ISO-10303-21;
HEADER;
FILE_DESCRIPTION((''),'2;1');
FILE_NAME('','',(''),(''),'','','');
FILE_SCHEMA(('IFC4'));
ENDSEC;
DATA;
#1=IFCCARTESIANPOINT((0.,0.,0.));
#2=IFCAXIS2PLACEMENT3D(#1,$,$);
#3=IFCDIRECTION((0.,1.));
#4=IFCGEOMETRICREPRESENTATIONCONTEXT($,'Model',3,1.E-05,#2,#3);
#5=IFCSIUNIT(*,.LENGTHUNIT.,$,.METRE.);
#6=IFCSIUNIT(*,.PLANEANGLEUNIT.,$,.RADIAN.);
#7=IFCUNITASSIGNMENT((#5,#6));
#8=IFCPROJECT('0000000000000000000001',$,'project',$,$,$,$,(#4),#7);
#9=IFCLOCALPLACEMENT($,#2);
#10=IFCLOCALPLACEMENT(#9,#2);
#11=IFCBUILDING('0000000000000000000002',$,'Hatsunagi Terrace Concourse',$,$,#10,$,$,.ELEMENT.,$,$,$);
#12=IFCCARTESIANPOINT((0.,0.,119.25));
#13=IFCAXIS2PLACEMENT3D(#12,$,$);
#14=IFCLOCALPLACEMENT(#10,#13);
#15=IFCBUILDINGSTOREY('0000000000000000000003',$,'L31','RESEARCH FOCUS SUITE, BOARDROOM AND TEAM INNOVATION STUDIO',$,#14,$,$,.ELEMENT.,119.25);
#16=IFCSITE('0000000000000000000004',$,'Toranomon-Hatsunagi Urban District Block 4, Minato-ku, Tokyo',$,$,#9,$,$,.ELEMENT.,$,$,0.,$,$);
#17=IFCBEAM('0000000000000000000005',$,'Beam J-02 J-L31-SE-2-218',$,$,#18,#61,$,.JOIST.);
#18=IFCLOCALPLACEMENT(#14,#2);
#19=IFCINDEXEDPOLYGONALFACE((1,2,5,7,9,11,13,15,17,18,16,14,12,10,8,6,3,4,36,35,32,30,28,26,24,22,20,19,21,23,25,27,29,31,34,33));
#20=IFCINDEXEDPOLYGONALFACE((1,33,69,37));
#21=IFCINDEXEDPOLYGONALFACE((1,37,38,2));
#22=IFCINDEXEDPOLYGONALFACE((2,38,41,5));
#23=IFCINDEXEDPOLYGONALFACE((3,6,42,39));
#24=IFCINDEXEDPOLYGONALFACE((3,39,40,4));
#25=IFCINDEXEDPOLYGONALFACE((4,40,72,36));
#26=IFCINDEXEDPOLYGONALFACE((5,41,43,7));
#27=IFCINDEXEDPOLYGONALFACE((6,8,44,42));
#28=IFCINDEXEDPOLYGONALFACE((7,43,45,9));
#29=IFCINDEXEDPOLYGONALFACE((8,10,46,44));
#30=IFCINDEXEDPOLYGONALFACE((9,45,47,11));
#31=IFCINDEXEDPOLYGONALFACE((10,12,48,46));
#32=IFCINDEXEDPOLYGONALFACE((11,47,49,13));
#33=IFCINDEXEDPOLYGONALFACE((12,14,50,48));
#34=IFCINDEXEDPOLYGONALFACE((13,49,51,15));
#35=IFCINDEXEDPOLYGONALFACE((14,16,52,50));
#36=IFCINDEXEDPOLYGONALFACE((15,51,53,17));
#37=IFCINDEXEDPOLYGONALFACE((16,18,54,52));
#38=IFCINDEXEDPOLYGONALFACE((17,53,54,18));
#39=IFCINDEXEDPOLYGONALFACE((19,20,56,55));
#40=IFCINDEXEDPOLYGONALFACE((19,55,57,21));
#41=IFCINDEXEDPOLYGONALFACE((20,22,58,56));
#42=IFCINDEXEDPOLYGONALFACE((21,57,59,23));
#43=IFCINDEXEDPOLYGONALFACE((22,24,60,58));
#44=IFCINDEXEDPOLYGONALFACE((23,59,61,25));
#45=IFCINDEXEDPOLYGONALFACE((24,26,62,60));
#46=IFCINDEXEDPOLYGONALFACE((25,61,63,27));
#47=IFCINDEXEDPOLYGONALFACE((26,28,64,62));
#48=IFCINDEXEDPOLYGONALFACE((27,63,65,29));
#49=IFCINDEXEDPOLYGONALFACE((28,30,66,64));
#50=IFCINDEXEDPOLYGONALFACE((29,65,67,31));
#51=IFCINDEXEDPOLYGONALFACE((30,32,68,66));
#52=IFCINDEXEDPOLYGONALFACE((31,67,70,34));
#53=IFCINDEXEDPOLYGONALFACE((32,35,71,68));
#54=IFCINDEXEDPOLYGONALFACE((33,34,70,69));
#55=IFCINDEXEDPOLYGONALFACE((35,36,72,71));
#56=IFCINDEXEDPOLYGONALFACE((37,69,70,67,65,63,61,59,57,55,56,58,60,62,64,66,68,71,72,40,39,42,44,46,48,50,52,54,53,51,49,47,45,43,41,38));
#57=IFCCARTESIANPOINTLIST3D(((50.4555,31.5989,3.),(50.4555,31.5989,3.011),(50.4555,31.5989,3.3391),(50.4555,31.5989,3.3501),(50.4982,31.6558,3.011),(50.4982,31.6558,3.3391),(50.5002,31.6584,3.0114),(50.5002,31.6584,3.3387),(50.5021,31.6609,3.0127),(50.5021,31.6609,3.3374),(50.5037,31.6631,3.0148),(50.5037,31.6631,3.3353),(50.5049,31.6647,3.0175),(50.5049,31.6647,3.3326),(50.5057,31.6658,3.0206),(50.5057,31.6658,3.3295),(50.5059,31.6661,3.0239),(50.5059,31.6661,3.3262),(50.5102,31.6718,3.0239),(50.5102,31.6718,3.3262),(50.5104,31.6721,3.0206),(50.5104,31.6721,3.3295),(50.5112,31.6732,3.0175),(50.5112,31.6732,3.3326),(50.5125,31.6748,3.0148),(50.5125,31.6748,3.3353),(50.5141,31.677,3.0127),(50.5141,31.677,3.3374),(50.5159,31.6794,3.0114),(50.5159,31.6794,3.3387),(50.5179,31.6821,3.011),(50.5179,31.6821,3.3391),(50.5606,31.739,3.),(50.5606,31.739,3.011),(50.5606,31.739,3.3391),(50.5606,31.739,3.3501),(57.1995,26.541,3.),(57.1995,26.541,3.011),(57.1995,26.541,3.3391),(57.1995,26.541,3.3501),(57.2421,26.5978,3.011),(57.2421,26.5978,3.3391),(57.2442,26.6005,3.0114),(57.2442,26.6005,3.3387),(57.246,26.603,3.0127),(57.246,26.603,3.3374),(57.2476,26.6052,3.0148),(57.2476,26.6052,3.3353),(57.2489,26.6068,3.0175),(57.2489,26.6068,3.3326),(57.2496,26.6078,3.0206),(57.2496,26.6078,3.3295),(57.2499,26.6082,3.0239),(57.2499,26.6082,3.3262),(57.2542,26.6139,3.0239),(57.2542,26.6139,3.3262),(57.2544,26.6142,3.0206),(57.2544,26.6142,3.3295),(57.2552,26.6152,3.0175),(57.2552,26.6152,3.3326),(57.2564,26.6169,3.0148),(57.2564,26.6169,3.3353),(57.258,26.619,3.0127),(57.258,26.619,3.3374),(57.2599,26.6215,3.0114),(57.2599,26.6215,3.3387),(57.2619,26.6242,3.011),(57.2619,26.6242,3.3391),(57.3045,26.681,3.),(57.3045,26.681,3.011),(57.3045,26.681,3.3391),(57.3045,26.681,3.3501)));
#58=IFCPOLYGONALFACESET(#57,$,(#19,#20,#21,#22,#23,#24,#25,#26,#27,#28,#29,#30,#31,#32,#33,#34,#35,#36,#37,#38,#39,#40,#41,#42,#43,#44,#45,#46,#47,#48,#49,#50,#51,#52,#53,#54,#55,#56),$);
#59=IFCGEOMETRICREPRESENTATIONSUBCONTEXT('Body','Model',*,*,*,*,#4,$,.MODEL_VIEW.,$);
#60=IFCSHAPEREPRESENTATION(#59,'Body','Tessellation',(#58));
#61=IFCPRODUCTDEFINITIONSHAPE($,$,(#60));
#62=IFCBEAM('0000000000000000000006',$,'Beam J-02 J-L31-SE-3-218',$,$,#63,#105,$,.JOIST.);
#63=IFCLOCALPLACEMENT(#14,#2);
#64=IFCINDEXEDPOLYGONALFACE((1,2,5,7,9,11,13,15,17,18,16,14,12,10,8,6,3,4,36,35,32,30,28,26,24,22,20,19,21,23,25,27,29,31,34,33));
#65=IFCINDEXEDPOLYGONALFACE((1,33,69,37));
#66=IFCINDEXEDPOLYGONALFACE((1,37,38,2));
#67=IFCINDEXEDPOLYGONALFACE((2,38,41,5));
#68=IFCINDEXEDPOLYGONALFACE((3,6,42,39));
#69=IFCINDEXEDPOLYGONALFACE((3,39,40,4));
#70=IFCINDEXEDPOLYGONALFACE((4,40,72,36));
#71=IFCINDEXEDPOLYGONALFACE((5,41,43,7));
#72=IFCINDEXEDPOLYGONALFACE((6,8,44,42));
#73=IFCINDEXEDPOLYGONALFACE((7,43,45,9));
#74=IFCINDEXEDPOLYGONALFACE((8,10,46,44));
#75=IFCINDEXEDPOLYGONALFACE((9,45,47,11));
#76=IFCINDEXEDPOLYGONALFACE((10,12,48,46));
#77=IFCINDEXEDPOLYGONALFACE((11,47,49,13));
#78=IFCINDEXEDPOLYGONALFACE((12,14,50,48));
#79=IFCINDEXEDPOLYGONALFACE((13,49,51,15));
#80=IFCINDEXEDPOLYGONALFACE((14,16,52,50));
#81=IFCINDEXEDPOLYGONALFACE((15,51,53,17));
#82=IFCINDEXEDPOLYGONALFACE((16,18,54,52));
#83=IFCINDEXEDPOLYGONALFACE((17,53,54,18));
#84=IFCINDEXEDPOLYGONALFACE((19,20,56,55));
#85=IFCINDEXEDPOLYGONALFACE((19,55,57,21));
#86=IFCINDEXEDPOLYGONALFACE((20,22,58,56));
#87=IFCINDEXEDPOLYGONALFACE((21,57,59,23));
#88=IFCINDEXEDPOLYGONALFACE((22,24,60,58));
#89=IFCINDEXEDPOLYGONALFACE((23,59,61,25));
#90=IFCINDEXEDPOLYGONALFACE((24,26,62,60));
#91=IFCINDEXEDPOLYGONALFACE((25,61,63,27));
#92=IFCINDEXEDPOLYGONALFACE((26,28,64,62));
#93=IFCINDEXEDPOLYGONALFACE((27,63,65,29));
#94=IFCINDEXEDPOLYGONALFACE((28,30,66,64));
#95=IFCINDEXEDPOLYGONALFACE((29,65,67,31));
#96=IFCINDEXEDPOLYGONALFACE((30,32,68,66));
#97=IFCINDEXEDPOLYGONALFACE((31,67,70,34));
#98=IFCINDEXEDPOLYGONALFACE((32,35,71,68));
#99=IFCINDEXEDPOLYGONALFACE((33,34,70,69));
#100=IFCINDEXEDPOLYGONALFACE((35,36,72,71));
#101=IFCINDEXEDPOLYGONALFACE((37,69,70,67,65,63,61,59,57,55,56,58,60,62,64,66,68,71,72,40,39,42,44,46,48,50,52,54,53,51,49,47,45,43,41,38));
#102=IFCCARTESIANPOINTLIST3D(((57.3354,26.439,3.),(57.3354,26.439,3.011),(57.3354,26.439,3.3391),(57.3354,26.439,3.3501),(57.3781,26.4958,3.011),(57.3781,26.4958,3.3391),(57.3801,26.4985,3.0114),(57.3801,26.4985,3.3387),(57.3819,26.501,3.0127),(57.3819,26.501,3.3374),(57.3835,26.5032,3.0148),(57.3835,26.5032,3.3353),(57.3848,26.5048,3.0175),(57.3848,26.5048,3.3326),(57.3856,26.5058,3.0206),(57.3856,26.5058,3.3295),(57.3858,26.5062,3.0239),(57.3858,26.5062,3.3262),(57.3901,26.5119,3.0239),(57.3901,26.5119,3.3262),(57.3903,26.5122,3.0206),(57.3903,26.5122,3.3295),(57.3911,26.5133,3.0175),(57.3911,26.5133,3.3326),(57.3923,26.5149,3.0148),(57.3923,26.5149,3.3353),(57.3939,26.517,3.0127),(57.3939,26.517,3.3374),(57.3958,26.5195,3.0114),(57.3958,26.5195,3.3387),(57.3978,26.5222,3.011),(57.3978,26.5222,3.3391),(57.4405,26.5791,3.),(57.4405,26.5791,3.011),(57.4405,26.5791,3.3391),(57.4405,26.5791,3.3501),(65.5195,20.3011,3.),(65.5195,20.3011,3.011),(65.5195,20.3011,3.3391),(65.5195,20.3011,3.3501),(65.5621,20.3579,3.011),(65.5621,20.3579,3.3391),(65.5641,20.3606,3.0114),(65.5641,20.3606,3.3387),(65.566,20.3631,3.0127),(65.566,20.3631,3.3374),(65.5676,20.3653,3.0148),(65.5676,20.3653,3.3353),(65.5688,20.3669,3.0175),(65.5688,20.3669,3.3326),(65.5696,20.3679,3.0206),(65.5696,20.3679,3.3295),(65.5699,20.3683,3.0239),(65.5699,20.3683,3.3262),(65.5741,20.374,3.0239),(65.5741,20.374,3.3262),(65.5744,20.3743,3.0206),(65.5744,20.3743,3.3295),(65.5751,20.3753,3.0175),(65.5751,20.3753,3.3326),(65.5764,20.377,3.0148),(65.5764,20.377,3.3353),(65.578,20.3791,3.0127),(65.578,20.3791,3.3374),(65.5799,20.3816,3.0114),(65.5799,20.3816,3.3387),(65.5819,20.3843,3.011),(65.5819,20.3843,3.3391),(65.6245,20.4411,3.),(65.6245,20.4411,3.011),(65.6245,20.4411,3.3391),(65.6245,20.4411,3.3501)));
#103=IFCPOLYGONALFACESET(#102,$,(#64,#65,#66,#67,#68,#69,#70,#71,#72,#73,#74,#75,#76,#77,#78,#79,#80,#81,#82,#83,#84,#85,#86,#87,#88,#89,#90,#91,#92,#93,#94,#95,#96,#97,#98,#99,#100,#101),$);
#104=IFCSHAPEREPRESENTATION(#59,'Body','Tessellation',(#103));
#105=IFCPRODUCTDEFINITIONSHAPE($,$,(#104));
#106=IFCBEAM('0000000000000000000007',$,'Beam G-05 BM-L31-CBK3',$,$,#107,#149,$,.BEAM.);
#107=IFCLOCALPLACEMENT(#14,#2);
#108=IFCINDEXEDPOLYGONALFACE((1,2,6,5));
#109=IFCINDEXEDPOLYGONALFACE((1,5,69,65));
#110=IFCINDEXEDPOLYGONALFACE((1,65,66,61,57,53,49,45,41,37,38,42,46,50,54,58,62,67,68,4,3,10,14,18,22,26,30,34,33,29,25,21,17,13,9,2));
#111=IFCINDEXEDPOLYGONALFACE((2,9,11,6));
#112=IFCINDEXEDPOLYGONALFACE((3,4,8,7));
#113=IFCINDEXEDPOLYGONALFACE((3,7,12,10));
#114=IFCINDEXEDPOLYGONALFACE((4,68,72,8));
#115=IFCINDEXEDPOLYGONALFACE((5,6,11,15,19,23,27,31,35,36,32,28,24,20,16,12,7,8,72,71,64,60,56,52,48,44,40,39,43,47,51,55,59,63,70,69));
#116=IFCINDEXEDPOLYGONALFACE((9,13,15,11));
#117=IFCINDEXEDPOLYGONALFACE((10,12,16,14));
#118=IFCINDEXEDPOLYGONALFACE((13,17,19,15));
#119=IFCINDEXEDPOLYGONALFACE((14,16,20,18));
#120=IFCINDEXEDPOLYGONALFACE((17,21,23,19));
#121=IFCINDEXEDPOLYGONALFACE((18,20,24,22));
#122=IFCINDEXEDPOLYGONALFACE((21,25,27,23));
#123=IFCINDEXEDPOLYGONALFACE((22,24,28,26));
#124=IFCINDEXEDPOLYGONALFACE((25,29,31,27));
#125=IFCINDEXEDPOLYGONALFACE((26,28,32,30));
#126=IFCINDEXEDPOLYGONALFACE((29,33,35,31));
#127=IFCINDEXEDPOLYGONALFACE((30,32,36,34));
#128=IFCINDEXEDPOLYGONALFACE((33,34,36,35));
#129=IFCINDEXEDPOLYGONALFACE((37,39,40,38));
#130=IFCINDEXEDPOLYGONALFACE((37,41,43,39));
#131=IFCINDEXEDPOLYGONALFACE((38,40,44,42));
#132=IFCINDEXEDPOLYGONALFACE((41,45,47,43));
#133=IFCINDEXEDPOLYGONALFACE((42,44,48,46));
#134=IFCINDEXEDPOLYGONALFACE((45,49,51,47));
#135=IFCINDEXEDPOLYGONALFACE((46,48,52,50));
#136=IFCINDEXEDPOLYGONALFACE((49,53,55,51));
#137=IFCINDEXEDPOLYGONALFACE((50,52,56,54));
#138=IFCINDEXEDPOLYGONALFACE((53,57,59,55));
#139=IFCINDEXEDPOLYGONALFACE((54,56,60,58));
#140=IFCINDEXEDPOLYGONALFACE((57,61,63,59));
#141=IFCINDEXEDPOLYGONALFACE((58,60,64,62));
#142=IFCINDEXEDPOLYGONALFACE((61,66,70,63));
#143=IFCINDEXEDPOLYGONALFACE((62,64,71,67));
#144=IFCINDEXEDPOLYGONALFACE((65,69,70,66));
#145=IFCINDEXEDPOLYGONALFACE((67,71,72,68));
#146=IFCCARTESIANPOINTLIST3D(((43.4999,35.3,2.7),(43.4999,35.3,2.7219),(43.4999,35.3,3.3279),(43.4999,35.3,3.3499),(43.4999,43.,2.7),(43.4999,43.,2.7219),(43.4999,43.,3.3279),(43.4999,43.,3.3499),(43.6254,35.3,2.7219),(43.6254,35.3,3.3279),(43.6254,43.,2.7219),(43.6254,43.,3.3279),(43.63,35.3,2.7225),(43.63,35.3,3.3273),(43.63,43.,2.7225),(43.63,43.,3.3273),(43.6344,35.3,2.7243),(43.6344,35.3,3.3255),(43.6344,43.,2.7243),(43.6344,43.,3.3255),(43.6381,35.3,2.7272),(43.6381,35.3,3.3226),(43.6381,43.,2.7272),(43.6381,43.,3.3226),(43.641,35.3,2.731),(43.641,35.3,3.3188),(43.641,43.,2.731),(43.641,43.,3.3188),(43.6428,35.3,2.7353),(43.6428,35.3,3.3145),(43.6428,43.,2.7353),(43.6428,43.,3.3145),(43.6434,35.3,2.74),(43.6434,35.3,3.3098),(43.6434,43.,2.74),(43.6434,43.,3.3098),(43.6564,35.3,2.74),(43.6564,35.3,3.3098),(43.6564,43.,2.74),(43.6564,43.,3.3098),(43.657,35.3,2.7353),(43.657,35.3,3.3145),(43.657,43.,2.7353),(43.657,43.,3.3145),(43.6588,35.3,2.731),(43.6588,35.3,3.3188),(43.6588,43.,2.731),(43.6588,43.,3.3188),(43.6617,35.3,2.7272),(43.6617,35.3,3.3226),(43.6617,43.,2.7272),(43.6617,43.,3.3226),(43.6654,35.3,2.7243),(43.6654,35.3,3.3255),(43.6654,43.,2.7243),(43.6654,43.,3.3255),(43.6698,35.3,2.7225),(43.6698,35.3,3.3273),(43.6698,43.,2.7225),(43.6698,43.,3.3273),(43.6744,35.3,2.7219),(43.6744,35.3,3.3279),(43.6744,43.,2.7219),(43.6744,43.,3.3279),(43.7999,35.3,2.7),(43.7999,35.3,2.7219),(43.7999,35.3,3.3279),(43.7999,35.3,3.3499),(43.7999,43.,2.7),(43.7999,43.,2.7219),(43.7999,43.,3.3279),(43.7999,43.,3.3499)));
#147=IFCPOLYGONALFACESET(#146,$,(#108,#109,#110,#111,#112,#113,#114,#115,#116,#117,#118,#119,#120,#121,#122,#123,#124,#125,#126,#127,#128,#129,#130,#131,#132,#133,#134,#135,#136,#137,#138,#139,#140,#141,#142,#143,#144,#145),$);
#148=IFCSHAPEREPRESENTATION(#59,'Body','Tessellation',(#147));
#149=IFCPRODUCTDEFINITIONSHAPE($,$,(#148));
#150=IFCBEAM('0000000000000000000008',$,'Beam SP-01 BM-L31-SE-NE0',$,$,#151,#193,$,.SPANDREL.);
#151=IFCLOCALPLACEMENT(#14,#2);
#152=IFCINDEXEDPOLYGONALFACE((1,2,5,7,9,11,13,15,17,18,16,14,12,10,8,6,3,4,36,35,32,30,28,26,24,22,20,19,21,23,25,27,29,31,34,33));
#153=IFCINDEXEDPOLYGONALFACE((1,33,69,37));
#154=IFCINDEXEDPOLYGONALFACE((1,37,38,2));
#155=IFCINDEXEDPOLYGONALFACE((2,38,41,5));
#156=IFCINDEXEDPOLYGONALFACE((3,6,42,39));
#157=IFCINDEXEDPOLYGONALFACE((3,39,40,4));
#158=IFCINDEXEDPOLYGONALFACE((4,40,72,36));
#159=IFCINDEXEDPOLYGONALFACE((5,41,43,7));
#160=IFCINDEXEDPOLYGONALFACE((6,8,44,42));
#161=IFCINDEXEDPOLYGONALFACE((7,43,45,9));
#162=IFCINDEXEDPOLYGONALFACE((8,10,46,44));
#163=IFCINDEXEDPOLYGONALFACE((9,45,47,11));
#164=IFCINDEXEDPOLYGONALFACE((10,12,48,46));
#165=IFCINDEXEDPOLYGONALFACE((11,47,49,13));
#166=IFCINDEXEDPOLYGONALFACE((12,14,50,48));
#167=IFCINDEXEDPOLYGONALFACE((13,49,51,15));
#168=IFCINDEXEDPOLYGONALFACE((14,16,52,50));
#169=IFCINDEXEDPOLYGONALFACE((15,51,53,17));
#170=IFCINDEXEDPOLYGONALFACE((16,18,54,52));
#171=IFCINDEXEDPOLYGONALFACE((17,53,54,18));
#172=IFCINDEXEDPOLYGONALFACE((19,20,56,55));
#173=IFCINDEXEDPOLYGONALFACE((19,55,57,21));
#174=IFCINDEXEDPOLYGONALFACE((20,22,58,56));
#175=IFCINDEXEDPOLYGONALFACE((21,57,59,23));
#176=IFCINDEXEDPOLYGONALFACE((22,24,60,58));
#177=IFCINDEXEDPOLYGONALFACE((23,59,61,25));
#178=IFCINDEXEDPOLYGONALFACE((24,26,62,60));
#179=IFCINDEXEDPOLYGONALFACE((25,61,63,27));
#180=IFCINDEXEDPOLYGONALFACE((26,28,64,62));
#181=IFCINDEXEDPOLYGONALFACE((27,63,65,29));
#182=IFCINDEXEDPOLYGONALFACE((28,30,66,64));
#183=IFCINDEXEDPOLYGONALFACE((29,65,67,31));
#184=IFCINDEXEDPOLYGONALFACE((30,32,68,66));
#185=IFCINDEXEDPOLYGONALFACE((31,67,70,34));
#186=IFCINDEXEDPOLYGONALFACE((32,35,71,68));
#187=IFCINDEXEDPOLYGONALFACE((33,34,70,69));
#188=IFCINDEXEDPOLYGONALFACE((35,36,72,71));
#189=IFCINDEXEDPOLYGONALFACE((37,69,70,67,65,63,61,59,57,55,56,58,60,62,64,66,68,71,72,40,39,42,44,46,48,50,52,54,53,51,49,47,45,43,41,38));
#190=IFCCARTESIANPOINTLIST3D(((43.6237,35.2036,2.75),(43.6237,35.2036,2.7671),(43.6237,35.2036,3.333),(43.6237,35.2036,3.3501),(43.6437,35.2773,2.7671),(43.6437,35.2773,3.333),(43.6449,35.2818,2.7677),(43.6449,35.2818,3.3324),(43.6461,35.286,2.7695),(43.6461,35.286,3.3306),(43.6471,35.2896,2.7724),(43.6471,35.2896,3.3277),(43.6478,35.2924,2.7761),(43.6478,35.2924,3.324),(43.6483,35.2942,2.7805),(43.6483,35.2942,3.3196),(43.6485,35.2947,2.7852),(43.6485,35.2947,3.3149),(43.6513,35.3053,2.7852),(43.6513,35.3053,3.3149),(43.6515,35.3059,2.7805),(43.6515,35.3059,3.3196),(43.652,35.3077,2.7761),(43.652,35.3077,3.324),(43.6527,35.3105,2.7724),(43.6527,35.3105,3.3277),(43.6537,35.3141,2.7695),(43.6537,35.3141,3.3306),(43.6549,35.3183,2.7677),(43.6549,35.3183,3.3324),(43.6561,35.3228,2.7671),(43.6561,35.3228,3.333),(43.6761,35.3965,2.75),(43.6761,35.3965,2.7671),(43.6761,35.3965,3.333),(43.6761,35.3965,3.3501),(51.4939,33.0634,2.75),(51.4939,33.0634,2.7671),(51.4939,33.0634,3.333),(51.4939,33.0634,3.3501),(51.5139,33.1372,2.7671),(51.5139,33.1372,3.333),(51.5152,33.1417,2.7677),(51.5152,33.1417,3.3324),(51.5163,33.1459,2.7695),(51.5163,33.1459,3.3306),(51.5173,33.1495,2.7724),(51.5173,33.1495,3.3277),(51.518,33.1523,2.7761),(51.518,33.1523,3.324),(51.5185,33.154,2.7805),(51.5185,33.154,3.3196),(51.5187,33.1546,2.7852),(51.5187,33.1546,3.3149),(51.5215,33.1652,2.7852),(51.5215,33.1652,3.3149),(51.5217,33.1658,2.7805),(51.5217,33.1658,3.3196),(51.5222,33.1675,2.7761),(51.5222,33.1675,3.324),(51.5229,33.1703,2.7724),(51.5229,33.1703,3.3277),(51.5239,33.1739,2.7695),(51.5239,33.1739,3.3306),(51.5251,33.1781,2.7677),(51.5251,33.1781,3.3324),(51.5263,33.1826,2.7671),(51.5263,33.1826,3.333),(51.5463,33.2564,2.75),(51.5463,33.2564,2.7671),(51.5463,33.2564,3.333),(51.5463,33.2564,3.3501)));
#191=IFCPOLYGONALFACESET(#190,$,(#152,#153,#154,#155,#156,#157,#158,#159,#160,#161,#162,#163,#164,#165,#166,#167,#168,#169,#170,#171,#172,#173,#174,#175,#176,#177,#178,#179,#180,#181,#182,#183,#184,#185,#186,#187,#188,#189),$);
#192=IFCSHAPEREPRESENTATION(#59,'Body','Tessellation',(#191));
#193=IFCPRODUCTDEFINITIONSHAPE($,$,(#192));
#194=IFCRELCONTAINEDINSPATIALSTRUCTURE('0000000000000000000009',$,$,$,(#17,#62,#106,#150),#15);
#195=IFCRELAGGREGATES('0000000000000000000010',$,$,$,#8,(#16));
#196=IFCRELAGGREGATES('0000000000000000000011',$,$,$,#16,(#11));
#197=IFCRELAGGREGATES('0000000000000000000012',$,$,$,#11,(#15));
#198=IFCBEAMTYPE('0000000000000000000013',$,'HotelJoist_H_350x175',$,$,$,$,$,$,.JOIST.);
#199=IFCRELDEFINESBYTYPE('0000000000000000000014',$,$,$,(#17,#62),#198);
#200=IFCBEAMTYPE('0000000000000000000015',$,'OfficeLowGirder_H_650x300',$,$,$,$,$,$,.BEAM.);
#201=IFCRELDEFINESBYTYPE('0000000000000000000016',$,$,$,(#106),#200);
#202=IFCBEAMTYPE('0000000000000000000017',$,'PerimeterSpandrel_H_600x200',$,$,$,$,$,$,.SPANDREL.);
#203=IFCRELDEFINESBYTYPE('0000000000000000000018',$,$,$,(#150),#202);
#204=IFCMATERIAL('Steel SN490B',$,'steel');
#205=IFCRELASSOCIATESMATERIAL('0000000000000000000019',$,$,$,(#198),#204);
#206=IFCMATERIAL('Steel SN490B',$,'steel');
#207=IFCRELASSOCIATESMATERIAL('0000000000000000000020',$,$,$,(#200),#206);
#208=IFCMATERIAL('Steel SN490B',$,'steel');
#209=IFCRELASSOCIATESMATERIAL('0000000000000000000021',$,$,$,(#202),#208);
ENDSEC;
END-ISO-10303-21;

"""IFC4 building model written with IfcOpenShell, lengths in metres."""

from ifc_helpers import new_model, si_unit, direction, frame, origin, origin_2d, place, context, subcontext, project, spatial, i_section, extrude, material, material_profile, profile_set, type_object, element, save


model = new_model("IFC4")

# Units and contexts
model_context = context("Model", 3, precision=1e-05, world=origin(), true_north=direction((0.0, 1.0)))
body_context = subcontext(model_context, "Body", "Model", "MODEL_VIEW")
ifc_project = project(units=[si_unit("LENGTHUNIT", "METRE"), si_unit("PLANEANGLEUNIT", "RADIAN")], contexts=[model_context])

# Site, building, storey
site_placement = place(None, origin())
site = spatial("IfcSite", under=ifc_project, at=site_placement, Name="Toranomon-Hatsunagi Urban District Block 4, Minato-ku, Tokyo", CompositionType="ELEMENT", RefElevation=0.0)
building_placement = place(site_placement, origin())
building = spatial("IfcBuilding", under=site, at=building_placement, Name="Hatsunagi Terrace Concourse", CompositionType="ELEMENT")
storey_placement = place(building_placement, frame((0.0, 0.0, 119.25)))
storey = spatial("IfcBuildingStorey", under=building, at=storey_placement, Name="L31", Description="RESEARCH FOCUS SUITE, BOARDROOM AND TEAM INNOVATION STUDIO", CompositionType="ELEMENT", Elevation=119.25)

# Beams
ifc_material_1 = material(Name="Steel SN490B", Category="steel")
ifc_material_profile_1 = material_profile(ifc_material_1, i_section(OverallWidth=0.175, OverallDepth=0.3501, WebThickness=0.0071, FlangeThickness=0.011, FilletRadius=0.0129, at=origin_2d()), Name="H-350x175x7x11")
ifc_profile_set_1 = profile_set([ifc_material_profile_1], Name="Steel SN490B")
beam_type_1 = type_object("IfcBeamType", Name="HotelJoist_H_350x175", PredefinedType="JOIST", material=ifc_profile_set_1)
for number, where, z_axis, x_axis, name in (
    (1, (50.5081, 31.6689, 3.175), (0.800003, -0.599995, 0.0), (0.599995, 0.800003, 0.0), "Beam J-02 J-L31-SE-2-218"),
):
    element("IfcBeam", number, at=place(storey_placement, frame(where, z_axis=z_axis, x_axis=x_axis)), inside=storey, type_object=beam_type_1, Name=name, PredefinedType="JOIST", context=body_context, shape_type="SweptSolid", body=[
        extrude(i_section(OverallWidth=0.175, OverallDepth=0.3501, WebThickness=0.0071, FlangeThickness=0.011, FilletRadius=0.0129, at=origin_2d()), origin(), (0.0, 0.0, 1.0), 8.4299),
    ])
beam_1_placement = place(storey_placement, frame((57.3879, 26.509, 3.175), z_axis=(0.800006, -0.599992, 0.0), x_axis=(0.599992, 0.800006, 0.0)))
element("IfcBeam", 2, at=beam_1_placement, inside=storey, type_object=beam_type_1, Name="Beam J-02 J-L31-SE-3-218", PredefinedType="JOIST", context=body_context, shape_type="SweptSolid", body=[
    extrude(i_section(OverallWidth=0.175, OverallDepth=0.3501, WebThickness=0.0071, FlangeThickness=0.011, FilletRadius=0.0129, at=origin_2d()), origin(), (0.0, 0.0, 1.0), 10.23),
])
ifc_material_2 = material(Name="Steel SN490B", Category="steel")
ifc_material_profile_2 = material_profile(ifc_material_2, i_section(OverallWidth=0.3, OverallDepth=0.6499, WebThickness=0.0129, FlangeThickness=0.022, FilletRadius=0.0181, at=origin_2d()), Name="H-650x300x13x22")
ifc_profile_set_2 = profile_set([ifc_material_profile_2], Name="Steel SN490B")
beam_type_2 = type_object("IfcBeamType", Name="OfficeLowGirder_H_650x300", PredefinedType="BEAM", material=ifc_profile_set_2)
beam_2_placement = place(storey_placement, frame((43.6499, 35.3, 3.0249), z_axis=(0.0, 1.0, 0.0), x_axis=(-1.0, 0.0, 0.0)))
element("IfcBeam", 3, at=beam_2_placement, inside=storey, type_object=beam_type_2, Name="Beam G-05 BM-L31-CBK3", PredefinedType="BEAM", context=body_context, shape_type="SweptSolid", body=[
    extrude(i_section(OverallWidth=0.3, OverallDepth=0.6499, WebThickness=0.0129, FlangeThickness=0.022, FilletRadius=0.0181, at=origin_2d()), origin(), (0.0, 0.0, 1.0), 7.7),
])
ifc_material_3 = material(Name="Steel SN490B", Category="steel")
ifc_material_profile_3 = material_profile(ifc_material_3, i_section(OverallWidth=0.2, OverallDepth=0.6001, WebThickness=0.011, FlangeThickness=0.0171, FilletRadius=0.0181, at=origin_2d()), Name="H-600x200x11x17")
ifc_profile_set_3 = profile_set([ifc_material_profile_3], Name="Steel SN490B")
beam_type_3 = type_object("IfcBeamType", Name="PerimeterSpandrel_H_600x200", PredefinedType="SPANDREL", material=ifc_profile_set_3)
beam_3_placement = place(storey_placement, frame((43.6499, 35.3, 3.05), z_axis=(0.964958, -0.262403, 0.0), x_axis=(0.262403, 0.964958, 0.0)))
element("IfcBeam", 4, at=beam_3_placement, inside=storey, type_object=beam_type_3, Name="Beam SP-01 BM-L31-SE-NE0", PredefinedType="SPANDREL", context=body_context, shape_type="SweptSolid", body=[
    extrude(i_section(OverallWidth=0.2, OverallDepth=0.6001, WebThickness=0.011, FlangeThickness=0.0171, FilletRadius=0.0181, at=origin_2d()), origin(), (0.0, 0.0, 1.0), 8.156),
])

save(model, "model.ifc")
